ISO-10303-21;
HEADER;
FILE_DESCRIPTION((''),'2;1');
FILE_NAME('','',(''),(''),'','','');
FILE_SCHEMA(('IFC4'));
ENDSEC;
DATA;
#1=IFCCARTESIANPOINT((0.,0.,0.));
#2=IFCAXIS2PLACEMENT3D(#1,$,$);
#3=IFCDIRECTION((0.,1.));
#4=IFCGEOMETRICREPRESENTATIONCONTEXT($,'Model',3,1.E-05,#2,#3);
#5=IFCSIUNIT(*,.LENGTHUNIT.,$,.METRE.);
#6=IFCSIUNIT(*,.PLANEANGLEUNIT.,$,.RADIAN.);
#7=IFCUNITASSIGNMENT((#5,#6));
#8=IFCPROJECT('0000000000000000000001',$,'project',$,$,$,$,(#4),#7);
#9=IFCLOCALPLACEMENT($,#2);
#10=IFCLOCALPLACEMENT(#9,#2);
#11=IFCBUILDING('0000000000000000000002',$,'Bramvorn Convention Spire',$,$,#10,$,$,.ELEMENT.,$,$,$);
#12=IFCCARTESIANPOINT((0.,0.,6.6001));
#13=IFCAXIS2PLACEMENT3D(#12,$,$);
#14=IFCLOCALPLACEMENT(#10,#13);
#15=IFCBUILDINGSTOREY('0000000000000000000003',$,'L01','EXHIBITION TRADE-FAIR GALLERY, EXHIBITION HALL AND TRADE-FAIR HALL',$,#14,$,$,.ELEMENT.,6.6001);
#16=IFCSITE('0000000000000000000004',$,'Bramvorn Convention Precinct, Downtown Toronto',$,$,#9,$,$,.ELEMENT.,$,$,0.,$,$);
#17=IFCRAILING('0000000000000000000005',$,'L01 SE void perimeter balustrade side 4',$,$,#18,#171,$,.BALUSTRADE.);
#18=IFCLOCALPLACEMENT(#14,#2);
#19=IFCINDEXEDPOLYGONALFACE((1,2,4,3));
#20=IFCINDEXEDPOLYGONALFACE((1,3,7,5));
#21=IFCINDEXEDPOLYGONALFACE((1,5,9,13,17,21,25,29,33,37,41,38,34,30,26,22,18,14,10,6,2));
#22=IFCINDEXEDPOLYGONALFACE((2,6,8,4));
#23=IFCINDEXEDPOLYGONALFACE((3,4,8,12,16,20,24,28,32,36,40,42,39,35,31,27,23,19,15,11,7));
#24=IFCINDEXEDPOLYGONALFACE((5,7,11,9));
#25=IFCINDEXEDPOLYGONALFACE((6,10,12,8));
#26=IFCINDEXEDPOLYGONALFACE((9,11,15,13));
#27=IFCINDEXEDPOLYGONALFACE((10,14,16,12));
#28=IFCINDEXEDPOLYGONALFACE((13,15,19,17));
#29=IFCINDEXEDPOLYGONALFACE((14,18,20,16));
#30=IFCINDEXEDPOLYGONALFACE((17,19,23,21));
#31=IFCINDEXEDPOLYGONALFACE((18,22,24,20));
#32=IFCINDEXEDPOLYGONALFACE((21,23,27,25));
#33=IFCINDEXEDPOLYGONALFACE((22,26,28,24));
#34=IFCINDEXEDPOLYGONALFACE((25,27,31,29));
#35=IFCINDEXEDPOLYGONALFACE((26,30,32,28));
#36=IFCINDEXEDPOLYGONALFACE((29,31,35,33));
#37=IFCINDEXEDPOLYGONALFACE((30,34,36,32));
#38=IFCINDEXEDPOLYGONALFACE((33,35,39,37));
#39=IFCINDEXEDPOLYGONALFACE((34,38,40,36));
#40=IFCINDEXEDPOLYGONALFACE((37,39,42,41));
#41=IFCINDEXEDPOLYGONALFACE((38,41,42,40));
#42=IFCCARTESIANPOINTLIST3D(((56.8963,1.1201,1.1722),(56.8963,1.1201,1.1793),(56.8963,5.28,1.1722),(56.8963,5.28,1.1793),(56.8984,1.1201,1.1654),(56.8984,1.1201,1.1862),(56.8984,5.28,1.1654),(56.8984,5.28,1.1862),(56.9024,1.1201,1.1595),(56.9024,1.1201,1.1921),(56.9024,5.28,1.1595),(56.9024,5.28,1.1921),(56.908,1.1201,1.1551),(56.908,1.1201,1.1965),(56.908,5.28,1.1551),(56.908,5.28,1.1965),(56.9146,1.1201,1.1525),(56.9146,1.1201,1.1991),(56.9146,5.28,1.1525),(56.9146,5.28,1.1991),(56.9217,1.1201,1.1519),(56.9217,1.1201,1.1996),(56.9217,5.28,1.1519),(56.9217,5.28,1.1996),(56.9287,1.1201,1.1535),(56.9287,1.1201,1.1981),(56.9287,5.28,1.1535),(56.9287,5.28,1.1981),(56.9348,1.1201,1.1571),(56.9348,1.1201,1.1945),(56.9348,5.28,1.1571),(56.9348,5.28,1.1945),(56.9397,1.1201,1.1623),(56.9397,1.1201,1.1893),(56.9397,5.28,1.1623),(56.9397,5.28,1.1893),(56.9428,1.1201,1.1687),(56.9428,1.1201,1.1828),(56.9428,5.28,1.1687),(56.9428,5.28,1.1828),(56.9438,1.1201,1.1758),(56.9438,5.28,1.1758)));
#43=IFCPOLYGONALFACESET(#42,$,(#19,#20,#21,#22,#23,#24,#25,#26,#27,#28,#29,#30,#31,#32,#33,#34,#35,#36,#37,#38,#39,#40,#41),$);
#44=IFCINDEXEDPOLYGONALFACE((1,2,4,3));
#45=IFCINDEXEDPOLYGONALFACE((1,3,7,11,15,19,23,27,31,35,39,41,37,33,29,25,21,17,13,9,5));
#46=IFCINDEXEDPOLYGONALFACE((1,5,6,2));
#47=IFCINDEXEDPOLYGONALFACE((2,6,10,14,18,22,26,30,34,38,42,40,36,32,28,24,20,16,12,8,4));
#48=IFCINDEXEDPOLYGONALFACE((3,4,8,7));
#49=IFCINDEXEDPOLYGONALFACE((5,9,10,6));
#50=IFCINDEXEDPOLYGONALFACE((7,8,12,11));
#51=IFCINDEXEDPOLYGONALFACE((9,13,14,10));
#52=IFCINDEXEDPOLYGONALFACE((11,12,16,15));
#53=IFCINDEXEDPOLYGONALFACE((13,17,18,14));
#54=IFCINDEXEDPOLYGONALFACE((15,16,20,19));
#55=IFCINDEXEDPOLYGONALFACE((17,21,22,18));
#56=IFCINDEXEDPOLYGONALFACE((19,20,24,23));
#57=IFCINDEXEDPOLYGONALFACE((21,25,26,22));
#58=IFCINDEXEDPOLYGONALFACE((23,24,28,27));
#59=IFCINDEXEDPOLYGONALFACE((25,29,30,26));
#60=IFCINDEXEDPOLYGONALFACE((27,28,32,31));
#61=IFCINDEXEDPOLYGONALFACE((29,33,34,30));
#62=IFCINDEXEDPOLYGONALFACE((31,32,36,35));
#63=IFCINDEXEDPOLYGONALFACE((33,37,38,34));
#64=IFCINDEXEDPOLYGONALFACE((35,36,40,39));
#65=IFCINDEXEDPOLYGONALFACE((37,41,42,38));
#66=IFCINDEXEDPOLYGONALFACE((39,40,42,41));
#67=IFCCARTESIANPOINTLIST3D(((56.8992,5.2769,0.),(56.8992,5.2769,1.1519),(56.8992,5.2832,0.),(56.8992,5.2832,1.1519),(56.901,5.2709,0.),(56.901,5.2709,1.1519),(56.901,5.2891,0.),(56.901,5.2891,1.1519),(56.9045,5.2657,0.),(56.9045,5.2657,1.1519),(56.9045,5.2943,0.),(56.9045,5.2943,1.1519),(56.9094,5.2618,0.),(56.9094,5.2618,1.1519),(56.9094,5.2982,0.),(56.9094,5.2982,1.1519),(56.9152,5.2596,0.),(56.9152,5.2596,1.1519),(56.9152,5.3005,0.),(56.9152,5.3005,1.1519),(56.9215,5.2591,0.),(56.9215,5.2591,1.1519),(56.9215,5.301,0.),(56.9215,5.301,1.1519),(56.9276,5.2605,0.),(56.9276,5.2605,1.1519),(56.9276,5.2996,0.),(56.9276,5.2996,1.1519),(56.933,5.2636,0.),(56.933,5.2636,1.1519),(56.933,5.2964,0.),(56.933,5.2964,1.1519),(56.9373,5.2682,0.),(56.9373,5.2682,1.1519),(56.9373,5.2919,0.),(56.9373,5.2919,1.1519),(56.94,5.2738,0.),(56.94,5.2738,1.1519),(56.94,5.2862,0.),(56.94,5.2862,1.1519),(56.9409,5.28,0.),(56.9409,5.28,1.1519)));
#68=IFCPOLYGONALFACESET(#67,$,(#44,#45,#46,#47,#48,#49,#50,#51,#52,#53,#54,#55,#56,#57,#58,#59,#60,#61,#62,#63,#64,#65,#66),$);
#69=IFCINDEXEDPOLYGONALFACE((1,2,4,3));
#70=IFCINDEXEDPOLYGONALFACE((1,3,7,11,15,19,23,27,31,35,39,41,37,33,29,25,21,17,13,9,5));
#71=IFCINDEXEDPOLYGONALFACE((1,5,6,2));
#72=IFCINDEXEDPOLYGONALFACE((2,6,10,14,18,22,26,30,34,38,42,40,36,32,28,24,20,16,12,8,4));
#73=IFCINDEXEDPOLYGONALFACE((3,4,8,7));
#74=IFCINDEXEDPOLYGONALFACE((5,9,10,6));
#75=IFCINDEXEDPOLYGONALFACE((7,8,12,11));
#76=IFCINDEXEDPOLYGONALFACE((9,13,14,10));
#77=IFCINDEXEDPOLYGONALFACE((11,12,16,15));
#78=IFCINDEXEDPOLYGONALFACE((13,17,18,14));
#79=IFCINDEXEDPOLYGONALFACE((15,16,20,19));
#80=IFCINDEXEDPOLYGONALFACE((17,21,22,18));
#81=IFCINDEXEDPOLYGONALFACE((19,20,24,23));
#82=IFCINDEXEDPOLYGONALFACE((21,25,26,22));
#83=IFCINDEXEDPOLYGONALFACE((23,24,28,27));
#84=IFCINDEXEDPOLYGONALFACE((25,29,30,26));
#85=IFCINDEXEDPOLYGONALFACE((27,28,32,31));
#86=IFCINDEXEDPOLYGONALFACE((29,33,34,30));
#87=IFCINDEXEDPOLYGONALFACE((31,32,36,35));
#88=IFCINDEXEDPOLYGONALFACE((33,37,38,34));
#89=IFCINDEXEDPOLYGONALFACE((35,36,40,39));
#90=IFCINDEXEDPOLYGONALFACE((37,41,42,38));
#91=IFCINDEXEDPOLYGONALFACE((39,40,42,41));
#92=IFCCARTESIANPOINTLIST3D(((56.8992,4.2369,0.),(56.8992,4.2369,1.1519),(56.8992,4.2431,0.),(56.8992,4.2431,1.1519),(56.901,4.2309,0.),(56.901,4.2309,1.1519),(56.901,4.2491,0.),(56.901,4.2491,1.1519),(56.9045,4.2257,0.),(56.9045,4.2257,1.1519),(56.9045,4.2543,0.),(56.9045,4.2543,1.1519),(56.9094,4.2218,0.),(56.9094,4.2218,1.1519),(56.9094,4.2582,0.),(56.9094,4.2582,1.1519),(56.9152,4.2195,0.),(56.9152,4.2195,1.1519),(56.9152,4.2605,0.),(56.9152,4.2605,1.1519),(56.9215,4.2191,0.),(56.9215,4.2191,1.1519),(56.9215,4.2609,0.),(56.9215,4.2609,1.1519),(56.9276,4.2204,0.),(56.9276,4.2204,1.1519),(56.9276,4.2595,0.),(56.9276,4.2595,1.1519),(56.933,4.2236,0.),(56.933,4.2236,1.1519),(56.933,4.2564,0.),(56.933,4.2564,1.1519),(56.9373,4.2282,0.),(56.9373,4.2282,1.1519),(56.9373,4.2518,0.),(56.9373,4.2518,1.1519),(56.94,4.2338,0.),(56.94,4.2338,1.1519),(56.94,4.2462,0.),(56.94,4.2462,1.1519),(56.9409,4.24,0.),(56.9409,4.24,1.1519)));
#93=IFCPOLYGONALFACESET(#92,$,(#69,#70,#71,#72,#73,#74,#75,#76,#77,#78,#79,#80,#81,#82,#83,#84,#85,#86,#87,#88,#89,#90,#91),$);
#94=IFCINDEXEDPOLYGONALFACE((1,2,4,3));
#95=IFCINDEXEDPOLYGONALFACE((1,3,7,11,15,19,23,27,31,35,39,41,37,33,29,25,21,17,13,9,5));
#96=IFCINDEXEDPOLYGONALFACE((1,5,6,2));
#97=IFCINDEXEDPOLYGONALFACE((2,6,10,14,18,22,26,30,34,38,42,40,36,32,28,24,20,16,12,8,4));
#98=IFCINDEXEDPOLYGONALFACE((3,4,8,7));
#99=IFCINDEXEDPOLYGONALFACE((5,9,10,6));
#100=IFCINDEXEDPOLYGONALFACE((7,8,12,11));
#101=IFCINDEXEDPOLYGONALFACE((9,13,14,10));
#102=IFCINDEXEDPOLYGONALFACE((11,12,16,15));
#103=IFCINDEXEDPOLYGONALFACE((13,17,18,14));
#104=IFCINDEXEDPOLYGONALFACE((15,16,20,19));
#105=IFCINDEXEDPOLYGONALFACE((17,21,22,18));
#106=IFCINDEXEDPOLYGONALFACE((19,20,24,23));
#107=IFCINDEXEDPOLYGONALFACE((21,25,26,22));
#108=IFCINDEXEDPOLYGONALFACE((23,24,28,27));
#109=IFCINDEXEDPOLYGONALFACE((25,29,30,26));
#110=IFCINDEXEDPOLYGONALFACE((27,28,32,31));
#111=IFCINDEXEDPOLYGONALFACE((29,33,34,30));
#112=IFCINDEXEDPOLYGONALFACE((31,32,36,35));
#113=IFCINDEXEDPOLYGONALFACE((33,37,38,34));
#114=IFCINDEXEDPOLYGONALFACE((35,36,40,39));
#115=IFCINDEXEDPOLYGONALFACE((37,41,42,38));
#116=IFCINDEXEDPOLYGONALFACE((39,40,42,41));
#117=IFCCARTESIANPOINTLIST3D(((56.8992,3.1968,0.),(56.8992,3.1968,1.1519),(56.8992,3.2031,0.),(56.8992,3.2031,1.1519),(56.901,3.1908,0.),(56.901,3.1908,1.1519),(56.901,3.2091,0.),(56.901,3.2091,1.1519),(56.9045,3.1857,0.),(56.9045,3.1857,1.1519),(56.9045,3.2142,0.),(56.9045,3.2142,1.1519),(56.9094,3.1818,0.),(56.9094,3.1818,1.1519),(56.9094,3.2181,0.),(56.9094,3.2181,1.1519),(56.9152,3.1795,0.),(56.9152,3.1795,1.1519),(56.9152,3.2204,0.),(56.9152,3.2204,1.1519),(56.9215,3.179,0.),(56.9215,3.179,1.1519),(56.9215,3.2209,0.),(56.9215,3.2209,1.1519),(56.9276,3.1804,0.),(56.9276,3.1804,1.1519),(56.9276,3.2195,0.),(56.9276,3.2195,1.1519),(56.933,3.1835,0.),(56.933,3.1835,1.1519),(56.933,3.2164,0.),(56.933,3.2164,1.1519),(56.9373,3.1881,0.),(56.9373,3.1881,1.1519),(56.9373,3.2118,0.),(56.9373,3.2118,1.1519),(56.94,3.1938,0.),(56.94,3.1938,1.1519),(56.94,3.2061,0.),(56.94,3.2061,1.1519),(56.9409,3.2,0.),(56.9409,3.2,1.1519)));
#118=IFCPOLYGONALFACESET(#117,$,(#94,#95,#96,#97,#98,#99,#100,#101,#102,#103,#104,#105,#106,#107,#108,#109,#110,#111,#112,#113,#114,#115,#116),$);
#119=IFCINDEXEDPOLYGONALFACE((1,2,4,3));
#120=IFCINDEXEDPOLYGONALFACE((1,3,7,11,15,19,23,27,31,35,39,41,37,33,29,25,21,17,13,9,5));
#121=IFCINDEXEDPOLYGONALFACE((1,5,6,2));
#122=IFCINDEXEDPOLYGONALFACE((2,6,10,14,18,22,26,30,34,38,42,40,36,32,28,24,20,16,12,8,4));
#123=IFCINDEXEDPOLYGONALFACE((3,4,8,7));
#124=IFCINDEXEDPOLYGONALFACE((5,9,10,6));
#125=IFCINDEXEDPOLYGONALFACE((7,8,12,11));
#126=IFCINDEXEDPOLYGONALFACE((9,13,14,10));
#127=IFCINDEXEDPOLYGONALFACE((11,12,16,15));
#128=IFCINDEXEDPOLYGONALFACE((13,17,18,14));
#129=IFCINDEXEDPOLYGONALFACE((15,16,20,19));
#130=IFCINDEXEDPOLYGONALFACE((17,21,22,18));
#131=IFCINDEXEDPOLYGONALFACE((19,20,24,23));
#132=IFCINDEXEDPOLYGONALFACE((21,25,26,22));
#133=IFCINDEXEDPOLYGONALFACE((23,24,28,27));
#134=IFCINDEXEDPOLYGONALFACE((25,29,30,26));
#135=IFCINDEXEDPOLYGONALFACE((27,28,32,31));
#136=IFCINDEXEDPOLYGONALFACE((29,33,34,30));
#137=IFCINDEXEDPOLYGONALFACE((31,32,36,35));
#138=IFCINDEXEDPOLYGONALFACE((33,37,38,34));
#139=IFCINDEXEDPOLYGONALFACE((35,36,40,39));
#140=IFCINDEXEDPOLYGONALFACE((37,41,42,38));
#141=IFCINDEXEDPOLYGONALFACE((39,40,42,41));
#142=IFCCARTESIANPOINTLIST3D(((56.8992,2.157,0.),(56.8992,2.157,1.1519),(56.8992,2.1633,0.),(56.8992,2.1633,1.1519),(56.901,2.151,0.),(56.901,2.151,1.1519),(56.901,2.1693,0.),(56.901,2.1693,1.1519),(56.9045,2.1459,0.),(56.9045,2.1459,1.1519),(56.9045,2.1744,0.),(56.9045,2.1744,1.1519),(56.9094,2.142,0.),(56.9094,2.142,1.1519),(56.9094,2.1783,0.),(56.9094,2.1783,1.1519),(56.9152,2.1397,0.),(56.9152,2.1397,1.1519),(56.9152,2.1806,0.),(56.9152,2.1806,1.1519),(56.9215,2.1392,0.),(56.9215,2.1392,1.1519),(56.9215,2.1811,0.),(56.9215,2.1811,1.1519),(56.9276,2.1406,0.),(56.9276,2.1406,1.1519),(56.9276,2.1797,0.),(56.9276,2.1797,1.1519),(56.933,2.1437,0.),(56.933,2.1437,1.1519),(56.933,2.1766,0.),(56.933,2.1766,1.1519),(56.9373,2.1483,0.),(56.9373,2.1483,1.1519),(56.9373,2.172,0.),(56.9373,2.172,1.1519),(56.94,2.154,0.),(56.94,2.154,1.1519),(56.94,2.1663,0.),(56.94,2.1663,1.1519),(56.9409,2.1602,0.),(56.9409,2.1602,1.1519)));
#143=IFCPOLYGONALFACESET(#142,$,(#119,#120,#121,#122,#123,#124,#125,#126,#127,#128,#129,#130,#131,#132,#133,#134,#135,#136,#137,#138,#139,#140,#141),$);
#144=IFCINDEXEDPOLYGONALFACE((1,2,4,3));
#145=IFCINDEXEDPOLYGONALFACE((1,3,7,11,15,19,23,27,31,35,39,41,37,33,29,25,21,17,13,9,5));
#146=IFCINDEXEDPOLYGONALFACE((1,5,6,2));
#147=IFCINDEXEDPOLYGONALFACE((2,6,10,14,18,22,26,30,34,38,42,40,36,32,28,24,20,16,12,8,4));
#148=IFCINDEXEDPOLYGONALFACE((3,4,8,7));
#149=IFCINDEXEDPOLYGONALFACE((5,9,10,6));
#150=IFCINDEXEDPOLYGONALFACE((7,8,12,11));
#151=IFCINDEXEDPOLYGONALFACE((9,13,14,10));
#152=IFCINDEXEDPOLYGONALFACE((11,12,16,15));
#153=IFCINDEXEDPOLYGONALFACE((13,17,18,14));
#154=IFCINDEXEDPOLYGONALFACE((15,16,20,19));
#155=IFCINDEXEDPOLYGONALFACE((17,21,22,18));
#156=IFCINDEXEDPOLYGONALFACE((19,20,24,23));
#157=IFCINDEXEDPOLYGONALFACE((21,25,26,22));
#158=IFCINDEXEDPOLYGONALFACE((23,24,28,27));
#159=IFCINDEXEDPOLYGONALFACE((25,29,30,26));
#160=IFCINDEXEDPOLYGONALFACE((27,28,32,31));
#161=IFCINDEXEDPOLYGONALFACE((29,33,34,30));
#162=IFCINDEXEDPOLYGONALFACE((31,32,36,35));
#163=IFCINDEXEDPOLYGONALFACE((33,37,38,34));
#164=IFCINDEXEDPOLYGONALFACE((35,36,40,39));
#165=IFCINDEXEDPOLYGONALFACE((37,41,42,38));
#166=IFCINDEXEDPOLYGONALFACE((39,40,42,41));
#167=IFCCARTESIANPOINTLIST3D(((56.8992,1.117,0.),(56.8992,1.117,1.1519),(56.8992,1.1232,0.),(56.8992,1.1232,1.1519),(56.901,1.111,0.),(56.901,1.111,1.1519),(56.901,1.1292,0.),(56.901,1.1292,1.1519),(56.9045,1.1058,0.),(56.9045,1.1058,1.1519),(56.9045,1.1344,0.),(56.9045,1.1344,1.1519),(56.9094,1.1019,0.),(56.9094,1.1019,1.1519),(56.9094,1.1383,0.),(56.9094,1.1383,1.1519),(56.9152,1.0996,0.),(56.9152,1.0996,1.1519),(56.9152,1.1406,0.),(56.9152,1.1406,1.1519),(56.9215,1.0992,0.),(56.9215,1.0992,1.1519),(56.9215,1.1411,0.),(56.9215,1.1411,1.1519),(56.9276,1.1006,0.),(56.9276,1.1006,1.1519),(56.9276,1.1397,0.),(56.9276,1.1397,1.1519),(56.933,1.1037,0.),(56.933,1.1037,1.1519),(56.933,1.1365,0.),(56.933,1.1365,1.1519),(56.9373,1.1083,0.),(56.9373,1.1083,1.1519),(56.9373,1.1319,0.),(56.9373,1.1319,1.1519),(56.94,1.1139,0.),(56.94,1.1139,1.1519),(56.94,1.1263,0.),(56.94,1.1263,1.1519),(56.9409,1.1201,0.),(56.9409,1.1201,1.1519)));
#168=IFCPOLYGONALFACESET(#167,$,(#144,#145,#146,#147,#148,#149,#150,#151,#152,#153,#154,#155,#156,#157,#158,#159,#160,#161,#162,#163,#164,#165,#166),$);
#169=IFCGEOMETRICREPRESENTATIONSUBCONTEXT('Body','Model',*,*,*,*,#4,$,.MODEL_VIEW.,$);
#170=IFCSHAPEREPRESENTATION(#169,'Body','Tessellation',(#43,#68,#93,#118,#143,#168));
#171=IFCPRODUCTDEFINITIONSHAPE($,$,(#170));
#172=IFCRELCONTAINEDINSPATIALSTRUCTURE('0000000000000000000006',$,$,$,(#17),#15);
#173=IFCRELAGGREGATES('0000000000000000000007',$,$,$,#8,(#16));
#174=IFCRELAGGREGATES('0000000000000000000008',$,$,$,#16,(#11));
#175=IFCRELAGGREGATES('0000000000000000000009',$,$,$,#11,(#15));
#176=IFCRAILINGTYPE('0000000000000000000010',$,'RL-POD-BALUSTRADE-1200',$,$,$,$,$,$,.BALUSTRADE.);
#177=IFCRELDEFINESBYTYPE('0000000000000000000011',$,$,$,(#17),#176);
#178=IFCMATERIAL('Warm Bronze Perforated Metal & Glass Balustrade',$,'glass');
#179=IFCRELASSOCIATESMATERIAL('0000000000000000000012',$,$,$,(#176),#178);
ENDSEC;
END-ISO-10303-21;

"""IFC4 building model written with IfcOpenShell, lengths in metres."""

from ifc_helpers import new_model, si_unit, direction, frame, origin, origin_2d, place, context, subcontext, project, spatial, circle, extrude, material, type_object, element, save


model = new_model("IFC4")

# Units and contexts
model_context = context("Model", 3, precision=1e-05, world=origin(), true_north=direction((0.0, 1.0)))
body_context = subcontext(model_context, "Body", "Model", "MODEL_VIEW")
ifc_project = project(units=[si_unit("LENGTHUNIT", "METRE"), si_unit("PLANEANGLEUNIT", "RADIAN")], contexts=[model_context])

# Site, building, storey
site_placement = place(None, origin())
site = spatial("IfcSite", under=ifc_project, at=site_placement, Name="Bramvorn Convention Precinct, Downtown Toronto", CompositionType="ELEMENT", RefElevation=0.0)
building_placement = place(site_placement, origin())
building = spatial("IfcBuilding", under=site, at=building_placement, Name="Bramvorn Convention Spire", CompositionType="ELEMENT")
storey_placement = place(building_placement, frame((0.0, 0.0, 6.6001)))
storey = spatial("IfcBuildingStorey", under=building, at=storey_placement, Name="L01", Description="EXHIBITION TRADE-FAIR GALLERY, EXHIBITION HALL AND TRADE-FAIR HALL", CompositionType="ELEMENT", Elevation=6.6001)

# Railing
ifc_material_1 = material(Name="Warm Bronze Perforated Metal & Glass Balustrade", Category="glass")
railing_type = type_object("IfcRailingType", Name="RL-POD-BALUSTRADE-1200", PredefinedType="BALUSTRADE", material=ifc_material_1)
railing_1_placement = place(storey_placement, frame((56.9199, 5.28, 0.0)))
element("IfcRailing", 1, at=railing_1_placement, inside=storey, type_object=railing_type, Name="L01 SE void perimeter balustrade side 4", PredefinedType="BALUSTRADE", context=body_context, shape_type="SweptSolid", body=[
    extrude(circle(Radius=0.0239, at=origin_2d()), frame((0.0, 0.0, 1.1758), z_axis=(0.0, -1.0, 0.0), x_axis=(1.0, 0.0, 0.0)), (0.0, 0.0, 1.0), 4.1599),
    extrude(circle(Radius=0.021, at=origin_2d()), origin(), (0.0, 0.0, 1.0), 1.1519),
    extrude(circle(Radius=0.021, at=origin_2d()), frame((0.0, -1.04, 0.0)), (0.0, 0.0, 1.0), 1.1519),
    extrude(circle(Radius=0.021, at=origin_2d()), frame((0.0, -2.0801, 0.0)), (0.0, 0.0, 1.0), 1.1519),
    extrude(circle(Radius=0.021, at=origin_2d()), frame((0.0, -3.1199, 0.0)), (0.0, 0.0, 1.0), 1.1519),
    extrude(circle(Radius=0.021, at=origin_2d()), frame((0.0, -4.1599, 0.0)), (0.0, 0.0, 1.0), 1.1519),
])

save(model, "model.ifc")
